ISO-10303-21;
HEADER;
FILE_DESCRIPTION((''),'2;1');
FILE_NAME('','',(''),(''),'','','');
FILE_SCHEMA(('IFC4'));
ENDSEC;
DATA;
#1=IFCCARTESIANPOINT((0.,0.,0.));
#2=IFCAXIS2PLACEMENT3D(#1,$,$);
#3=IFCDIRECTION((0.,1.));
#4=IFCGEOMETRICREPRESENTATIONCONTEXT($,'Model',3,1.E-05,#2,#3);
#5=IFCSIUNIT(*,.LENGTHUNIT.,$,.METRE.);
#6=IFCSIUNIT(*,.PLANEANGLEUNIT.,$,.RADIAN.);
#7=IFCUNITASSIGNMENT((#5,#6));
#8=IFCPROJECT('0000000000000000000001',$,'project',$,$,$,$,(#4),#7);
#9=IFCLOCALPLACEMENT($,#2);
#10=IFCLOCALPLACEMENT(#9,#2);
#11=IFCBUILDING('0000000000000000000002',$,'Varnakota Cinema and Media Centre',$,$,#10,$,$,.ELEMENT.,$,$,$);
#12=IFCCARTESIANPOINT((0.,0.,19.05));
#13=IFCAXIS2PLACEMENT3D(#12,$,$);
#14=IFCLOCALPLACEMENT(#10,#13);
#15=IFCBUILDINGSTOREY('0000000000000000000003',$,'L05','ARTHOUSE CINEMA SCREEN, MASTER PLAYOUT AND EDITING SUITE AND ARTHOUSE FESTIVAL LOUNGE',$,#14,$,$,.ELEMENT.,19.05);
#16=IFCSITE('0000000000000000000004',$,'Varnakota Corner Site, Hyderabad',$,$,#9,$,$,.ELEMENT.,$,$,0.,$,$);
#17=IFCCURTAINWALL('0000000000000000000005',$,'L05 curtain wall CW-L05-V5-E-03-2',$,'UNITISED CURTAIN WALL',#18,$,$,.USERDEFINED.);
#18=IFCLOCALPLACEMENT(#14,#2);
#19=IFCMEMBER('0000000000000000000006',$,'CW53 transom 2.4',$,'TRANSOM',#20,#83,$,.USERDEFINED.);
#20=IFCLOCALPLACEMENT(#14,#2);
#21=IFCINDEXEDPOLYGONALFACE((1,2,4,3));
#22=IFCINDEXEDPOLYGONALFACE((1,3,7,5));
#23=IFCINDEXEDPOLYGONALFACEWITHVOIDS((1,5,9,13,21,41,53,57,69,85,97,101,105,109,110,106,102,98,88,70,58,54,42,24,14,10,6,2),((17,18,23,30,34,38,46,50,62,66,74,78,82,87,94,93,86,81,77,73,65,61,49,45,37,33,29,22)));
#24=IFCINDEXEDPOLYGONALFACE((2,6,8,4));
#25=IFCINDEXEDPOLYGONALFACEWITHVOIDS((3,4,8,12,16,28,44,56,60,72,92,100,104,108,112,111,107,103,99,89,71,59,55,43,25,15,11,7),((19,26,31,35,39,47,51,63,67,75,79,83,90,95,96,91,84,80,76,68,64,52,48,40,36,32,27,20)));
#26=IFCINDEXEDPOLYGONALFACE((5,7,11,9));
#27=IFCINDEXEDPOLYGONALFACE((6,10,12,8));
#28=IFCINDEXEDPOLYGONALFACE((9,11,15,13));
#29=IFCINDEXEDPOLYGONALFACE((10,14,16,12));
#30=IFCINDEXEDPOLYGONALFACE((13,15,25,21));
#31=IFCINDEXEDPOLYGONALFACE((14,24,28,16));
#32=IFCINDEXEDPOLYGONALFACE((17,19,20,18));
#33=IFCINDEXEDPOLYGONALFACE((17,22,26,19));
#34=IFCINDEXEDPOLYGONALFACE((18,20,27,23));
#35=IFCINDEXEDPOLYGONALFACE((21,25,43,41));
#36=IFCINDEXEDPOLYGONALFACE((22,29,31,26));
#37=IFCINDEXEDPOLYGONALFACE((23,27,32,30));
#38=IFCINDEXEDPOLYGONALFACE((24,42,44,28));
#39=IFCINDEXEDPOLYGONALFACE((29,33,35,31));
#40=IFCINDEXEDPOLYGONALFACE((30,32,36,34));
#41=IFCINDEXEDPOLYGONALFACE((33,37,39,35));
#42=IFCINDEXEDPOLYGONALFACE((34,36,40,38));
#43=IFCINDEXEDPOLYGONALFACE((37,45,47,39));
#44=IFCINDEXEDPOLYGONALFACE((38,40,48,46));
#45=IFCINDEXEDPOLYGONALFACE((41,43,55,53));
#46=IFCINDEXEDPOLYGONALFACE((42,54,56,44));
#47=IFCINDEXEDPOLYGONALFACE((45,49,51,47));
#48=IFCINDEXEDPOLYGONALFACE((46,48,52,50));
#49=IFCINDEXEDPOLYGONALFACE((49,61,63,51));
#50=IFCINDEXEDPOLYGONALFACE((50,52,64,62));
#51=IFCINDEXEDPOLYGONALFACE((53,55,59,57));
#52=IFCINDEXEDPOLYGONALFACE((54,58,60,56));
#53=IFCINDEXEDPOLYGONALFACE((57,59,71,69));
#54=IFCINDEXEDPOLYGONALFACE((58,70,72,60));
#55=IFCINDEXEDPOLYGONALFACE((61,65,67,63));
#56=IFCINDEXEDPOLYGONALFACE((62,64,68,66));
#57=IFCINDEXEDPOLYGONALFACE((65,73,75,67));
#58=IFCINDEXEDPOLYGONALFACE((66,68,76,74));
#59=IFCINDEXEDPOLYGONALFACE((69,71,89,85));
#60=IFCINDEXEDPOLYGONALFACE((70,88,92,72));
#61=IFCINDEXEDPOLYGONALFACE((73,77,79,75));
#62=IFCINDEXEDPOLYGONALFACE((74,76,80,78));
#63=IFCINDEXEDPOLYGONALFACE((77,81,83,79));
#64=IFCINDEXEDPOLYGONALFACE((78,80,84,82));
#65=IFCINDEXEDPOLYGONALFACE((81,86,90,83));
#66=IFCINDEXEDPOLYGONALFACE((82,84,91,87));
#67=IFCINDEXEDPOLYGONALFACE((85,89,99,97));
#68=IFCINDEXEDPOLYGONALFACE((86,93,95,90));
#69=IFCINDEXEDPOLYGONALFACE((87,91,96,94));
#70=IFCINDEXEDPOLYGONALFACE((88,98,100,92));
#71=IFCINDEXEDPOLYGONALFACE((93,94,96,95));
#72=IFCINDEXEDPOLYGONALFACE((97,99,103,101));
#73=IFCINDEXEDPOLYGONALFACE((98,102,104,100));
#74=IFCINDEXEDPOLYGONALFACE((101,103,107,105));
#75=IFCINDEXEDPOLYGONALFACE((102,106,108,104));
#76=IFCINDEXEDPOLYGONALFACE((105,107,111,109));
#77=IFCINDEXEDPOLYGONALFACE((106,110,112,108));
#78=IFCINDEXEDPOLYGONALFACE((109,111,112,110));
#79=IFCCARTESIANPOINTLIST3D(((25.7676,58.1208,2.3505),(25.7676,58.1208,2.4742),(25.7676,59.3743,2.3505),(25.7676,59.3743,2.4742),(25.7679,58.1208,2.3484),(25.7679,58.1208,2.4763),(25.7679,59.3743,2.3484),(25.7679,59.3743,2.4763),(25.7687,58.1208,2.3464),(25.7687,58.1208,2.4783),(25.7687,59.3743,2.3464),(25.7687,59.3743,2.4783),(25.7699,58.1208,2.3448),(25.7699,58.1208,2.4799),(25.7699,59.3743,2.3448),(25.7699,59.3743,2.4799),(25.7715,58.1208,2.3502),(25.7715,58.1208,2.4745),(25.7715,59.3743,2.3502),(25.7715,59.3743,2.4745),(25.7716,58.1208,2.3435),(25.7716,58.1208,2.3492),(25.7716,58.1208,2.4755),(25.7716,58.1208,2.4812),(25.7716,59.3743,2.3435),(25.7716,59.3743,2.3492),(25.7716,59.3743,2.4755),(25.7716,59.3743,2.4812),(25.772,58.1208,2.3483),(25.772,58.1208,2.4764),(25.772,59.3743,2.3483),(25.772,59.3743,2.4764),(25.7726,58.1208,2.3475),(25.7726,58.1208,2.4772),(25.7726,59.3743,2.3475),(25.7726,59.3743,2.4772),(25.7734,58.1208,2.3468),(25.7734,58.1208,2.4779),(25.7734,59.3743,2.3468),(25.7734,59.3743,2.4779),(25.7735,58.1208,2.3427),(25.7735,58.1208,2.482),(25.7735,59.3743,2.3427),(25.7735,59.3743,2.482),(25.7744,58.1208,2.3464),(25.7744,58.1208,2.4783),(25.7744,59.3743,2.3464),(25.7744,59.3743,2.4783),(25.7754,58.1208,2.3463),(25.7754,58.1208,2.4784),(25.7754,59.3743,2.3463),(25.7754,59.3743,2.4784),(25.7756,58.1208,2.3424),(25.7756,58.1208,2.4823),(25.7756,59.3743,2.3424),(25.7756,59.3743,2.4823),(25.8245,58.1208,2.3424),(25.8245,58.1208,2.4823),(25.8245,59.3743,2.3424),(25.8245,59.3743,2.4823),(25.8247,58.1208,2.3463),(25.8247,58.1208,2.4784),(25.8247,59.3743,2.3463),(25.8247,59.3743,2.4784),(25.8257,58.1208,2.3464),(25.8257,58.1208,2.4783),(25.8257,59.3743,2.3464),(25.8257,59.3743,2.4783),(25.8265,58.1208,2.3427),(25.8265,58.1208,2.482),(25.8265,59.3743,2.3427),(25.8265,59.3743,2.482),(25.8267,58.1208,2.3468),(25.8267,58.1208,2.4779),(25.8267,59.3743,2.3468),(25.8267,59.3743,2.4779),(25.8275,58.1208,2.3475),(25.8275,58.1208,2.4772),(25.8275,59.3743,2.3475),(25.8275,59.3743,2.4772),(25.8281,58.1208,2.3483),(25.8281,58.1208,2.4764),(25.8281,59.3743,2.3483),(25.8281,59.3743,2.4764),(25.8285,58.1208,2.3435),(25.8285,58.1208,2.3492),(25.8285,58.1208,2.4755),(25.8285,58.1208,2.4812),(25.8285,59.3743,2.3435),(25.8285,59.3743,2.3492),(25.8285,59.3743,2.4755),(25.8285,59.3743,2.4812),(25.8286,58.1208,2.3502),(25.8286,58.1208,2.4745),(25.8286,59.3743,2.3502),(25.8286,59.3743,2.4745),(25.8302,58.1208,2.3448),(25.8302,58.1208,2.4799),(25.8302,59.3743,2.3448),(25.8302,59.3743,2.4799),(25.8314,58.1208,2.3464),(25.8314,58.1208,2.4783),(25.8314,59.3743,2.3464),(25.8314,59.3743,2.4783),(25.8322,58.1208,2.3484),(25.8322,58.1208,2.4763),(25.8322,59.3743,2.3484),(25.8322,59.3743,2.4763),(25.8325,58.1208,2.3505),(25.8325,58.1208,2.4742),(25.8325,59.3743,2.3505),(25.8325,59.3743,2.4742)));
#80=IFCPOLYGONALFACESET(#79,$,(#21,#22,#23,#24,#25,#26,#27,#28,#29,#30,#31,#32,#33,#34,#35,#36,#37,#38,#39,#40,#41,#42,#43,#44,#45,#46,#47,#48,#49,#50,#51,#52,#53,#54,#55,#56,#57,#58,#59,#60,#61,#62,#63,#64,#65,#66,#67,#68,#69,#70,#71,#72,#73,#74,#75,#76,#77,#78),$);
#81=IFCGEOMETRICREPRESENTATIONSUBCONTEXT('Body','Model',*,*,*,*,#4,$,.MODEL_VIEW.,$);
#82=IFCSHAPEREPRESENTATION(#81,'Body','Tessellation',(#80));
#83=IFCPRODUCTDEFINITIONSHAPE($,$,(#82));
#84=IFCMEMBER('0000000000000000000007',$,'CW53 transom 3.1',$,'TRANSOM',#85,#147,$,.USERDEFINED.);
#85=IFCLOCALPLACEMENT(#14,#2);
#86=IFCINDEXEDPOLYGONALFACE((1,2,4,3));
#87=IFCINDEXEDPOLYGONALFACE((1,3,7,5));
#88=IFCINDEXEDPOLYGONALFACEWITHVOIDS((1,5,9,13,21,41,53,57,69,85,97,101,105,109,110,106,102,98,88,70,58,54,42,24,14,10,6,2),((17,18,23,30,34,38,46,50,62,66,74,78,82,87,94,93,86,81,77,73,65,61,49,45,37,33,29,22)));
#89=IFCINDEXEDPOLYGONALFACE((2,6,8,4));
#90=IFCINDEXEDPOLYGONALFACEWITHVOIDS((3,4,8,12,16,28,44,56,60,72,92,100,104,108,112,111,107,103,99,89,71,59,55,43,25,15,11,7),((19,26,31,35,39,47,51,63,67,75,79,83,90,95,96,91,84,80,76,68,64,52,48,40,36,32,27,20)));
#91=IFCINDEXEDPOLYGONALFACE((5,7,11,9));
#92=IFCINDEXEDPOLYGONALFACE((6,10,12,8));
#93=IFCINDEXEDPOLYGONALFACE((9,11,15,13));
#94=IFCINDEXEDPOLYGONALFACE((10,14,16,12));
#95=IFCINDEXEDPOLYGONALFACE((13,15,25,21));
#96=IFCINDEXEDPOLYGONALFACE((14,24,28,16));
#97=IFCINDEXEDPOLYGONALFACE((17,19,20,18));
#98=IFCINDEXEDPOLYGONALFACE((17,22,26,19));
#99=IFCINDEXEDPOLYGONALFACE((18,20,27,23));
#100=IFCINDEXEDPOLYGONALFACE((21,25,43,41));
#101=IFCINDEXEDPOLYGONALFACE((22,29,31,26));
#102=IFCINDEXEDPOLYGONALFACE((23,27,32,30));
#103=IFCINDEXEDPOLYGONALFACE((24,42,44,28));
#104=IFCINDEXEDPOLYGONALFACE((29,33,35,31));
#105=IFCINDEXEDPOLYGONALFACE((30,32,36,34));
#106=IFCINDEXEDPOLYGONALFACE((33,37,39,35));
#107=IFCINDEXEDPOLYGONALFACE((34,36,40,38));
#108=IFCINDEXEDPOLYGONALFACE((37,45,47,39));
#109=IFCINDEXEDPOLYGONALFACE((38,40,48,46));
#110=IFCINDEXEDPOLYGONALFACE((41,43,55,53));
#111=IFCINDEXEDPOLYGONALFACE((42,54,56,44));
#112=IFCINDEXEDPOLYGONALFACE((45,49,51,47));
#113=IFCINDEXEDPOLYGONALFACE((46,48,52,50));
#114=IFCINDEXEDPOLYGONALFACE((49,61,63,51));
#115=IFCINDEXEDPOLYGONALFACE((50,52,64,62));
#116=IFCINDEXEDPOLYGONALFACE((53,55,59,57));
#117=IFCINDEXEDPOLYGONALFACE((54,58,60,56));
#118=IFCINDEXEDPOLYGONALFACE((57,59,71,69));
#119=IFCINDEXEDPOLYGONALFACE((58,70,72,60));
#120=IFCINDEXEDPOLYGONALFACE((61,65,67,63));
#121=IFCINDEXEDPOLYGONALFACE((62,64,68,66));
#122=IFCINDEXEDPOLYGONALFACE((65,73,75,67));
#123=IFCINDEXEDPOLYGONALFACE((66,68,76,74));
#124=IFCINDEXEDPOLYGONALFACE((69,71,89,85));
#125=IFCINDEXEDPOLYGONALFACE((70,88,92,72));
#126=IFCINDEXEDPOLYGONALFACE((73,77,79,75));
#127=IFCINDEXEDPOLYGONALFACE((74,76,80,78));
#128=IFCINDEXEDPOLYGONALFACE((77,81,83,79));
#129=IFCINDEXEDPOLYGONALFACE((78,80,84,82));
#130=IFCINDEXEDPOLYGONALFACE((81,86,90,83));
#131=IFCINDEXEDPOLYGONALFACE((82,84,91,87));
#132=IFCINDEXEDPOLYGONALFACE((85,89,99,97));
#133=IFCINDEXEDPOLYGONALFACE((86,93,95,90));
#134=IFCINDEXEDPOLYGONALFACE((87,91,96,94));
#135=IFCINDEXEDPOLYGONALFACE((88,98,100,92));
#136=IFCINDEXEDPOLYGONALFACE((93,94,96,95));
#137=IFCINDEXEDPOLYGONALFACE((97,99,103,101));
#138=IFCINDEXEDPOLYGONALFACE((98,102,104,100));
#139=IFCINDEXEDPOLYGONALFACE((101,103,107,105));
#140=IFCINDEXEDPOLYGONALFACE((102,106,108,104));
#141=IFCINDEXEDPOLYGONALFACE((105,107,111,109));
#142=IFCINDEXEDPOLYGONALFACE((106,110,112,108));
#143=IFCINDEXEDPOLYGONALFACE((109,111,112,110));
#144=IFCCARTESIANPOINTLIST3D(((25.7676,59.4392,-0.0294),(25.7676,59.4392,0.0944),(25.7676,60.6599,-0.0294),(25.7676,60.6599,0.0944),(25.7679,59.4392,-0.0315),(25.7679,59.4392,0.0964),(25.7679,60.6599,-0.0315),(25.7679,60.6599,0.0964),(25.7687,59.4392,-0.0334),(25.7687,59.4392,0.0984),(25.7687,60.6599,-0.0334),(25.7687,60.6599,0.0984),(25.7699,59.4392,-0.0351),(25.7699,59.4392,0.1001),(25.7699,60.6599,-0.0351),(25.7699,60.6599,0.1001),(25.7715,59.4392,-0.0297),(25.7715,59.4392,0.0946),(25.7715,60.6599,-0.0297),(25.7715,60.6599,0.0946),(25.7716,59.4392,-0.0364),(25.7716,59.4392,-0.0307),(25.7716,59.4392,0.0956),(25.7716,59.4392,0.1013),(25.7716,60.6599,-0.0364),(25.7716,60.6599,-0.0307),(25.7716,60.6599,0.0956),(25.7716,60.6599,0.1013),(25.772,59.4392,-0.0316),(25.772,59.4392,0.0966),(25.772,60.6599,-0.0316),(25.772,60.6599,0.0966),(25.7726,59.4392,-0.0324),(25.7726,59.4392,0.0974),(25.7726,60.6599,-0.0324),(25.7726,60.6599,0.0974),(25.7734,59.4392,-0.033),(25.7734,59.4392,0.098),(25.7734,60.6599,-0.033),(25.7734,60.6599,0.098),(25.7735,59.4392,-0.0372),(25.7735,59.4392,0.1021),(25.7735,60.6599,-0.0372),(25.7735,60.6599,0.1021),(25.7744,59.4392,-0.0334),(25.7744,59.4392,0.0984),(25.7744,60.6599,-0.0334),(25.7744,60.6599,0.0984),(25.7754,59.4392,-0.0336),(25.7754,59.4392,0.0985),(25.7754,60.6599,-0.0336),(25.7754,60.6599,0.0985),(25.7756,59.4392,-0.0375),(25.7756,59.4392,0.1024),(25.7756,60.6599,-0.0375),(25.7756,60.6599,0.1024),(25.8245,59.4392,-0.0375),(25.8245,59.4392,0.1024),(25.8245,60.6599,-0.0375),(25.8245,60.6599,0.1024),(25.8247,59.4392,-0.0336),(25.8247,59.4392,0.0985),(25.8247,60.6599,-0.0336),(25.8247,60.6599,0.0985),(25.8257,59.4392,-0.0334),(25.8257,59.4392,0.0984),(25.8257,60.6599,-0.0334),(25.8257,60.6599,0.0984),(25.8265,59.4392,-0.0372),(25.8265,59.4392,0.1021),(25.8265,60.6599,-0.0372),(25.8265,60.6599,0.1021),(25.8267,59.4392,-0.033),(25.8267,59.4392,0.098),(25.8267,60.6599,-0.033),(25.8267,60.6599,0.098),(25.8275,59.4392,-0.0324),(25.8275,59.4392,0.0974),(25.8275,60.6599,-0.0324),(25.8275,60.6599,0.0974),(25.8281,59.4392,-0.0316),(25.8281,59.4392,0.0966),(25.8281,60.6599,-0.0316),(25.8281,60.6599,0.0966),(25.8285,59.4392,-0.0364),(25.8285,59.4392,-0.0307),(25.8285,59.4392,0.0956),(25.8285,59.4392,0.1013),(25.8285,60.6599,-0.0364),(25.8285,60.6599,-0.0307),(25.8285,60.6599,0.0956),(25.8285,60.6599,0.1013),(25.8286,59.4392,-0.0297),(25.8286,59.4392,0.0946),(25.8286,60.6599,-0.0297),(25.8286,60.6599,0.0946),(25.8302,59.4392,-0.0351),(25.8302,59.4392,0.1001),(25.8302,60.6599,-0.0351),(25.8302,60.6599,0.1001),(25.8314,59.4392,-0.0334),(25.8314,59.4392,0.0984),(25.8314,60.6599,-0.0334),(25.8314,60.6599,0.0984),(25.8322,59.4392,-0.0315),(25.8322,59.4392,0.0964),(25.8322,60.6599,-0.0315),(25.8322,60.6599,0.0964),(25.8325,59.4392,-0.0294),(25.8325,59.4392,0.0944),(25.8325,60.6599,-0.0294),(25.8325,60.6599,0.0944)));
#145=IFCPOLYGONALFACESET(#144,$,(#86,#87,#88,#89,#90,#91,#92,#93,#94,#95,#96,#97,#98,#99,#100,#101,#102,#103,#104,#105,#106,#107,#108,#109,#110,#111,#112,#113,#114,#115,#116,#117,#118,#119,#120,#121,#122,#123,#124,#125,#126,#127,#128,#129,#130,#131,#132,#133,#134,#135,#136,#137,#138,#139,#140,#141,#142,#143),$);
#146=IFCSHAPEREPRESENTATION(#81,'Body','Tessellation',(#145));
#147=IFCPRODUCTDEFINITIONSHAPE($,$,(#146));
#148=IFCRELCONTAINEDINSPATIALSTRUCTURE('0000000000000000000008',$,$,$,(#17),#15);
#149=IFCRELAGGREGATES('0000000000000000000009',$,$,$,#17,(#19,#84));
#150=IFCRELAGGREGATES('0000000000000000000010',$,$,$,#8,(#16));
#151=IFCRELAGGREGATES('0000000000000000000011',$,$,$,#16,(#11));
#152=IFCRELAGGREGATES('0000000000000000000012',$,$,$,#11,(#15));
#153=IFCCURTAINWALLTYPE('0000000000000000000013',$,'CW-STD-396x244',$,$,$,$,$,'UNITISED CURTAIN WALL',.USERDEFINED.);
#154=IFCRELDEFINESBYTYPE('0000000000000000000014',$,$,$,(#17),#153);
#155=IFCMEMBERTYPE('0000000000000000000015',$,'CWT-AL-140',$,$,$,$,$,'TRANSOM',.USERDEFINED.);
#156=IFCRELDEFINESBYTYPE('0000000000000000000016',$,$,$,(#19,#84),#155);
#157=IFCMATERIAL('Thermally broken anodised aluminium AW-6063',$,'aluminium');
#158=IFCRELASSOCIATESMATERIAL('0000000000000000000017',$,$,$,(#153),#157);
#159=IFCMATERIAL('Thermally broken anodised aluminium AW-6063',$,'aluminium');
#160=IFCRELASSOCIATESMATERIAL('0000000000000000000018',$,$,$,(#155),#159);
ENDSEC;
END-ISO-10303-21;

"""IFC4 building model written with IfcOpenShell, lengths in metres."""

from ifc_helpers import new_model, si_unit, direction, frame, origin, origin_2d, place, context, subcontext, project, spatial, hollow_rectangle, extrude, material, material_profile, profile_set, type_object, element, aggregate, save


model = new_model("IFC4")

# Units and contexts
model_context = context("Model", 3, precision=1e-05, world=origin(), true_north=direction((0.0, 1.0)))
body_context = subcontext(model_context, "Body", "Model", "MODEL_VIEW")
ifc_project = project(units=[si_unit("LENGTHUNIT", "METRE"), si_unit("PLANEANGLEUNIT", "RADIAN")], contexts=[model_context])

# Site, building, storey
site_placement = place(None, origin())
site = spatial("IfcSite", under=ifc_project, at=site_placement, Name="Varnakota Corner Site, Hyderabad", CompositionType="ELEMENT", RefElevation=0.0)
building_placement = place(site_placement, origin())
building = spatial("IfcBuilding", under=site, at=building_placement, Name="Varnakota Cinema and Media Centre", CompositionType="ELEMENT")
storey_placement = place(building_placement, frame((0.0, 0.0, 19.05)))
storey = spatial("IfcBuildingStorey", under=building, at=storey_placement, Name="L05", Description="ARTHOUSE CINEMA SCREEN, MASTER PLAYOUT AND EDITING SUITE AND ARTHOUSE FESTIVAL LOUNGE", CompositionType="ELEMENT", Elevation=19.05)

# Curtain wall, members
ifc_material_1 = material(Name="Thermally broken anodised aluminium AW-6063", Category="aluminium")
curtain_wall_type = type_object("IfcCurtainWallType", Name="CW-STD-396x244", ElementType="UNITISED CURTAIN WALL", PredefinedType="USERDEFINED", material=ifc_material_1)
curtain_wall_placement = place(storey_placement, origin())
curtain_wall = element("IfcCurtainWall", 1, at=curtain_wall_placement, inside=storey, type_object=curtain_wall_type, Name="L05 curtain wall CW-L05-V5-E-03-2", ObjectType="UNITISED CURTAIN WALL", PredefinedType="USERDEFINED")
ifc_material_2 = material(Name="Thermally broken anodised aluminium AW-6063", Category="aluminium")
ifc_material_profile_1 = material_profile(ifc_material_2, hollow_rectangle(XDim=0.0649, YDim=0.1399, WallThickness=0.0039, InnerFilletRadius=0.0039, OuterFilletRadius=0.0081, at=origin_2d()), Name="AL-TRANSOM 140x65x4")
ifc_profile_set_1 = profile_set([ifc_material_profile_1], Name="Thermally broken anodised aluminium AW-6063")
member_type_1 = type_object("IfcMemberType", Name="CWT-AL-140", ElementType="TRANSOM", PredefinedType="USERDEFINED", material=ifc_profile_set_1)
member_1_placement = place(storey_placement, frame((25.8, 58.1208, 2.4124), z_axis=(0.0, 1.0, 0.0), x_axis=(-1.0, 0.0, 0.0)))
member_1 = element("IfcMember", 2, at=member_1_placement, type_object=member_type_1, Name="CW53 transom 2.4", ObjectType="TRANSOM", PredefinedType="USERDEFINED", context=body_context, shape_type="SweptSolid", body=[
    extrude(hollow_rectangle(XDim=0.0649, YDim=0.1399, WallThickness=0.0039, InnerFilletRadius=0.0039, OuterFilletRadius=0.0081, at=origin_2d()), origin(), (0.0, 0.0, 1.0), 1.2534),
])
member_2_placement = place(storey_placement, frame((25.8, 59.4392, 0.0325), z_axis=(0.0, 1.0, 0.0), x_axis=(-1.0, 0.0, 0.0)))
member_2 = element("IfcMember", 3, at=member_2_placement, type_object=member_type_1, Name="CW53 transom 3.1", ObjectType="TRANSOM", PredefinedType="USERDEFINED", context=body_context, shape_type="SweptSolid", body=[
    extrude(hollow_rectangle(XDim=0.0649, YDim=0.1399, WallThickness=0.0039, InnerFilletRadius=0.0039, OuterFilletRadius=0.0081, at=origin_2d()), origin(), (0.0, 0.0, 1.0), 1.2207),
])
aggregate(curtain_wall, [member_1, member_2])

save(model, "model.ifc")
